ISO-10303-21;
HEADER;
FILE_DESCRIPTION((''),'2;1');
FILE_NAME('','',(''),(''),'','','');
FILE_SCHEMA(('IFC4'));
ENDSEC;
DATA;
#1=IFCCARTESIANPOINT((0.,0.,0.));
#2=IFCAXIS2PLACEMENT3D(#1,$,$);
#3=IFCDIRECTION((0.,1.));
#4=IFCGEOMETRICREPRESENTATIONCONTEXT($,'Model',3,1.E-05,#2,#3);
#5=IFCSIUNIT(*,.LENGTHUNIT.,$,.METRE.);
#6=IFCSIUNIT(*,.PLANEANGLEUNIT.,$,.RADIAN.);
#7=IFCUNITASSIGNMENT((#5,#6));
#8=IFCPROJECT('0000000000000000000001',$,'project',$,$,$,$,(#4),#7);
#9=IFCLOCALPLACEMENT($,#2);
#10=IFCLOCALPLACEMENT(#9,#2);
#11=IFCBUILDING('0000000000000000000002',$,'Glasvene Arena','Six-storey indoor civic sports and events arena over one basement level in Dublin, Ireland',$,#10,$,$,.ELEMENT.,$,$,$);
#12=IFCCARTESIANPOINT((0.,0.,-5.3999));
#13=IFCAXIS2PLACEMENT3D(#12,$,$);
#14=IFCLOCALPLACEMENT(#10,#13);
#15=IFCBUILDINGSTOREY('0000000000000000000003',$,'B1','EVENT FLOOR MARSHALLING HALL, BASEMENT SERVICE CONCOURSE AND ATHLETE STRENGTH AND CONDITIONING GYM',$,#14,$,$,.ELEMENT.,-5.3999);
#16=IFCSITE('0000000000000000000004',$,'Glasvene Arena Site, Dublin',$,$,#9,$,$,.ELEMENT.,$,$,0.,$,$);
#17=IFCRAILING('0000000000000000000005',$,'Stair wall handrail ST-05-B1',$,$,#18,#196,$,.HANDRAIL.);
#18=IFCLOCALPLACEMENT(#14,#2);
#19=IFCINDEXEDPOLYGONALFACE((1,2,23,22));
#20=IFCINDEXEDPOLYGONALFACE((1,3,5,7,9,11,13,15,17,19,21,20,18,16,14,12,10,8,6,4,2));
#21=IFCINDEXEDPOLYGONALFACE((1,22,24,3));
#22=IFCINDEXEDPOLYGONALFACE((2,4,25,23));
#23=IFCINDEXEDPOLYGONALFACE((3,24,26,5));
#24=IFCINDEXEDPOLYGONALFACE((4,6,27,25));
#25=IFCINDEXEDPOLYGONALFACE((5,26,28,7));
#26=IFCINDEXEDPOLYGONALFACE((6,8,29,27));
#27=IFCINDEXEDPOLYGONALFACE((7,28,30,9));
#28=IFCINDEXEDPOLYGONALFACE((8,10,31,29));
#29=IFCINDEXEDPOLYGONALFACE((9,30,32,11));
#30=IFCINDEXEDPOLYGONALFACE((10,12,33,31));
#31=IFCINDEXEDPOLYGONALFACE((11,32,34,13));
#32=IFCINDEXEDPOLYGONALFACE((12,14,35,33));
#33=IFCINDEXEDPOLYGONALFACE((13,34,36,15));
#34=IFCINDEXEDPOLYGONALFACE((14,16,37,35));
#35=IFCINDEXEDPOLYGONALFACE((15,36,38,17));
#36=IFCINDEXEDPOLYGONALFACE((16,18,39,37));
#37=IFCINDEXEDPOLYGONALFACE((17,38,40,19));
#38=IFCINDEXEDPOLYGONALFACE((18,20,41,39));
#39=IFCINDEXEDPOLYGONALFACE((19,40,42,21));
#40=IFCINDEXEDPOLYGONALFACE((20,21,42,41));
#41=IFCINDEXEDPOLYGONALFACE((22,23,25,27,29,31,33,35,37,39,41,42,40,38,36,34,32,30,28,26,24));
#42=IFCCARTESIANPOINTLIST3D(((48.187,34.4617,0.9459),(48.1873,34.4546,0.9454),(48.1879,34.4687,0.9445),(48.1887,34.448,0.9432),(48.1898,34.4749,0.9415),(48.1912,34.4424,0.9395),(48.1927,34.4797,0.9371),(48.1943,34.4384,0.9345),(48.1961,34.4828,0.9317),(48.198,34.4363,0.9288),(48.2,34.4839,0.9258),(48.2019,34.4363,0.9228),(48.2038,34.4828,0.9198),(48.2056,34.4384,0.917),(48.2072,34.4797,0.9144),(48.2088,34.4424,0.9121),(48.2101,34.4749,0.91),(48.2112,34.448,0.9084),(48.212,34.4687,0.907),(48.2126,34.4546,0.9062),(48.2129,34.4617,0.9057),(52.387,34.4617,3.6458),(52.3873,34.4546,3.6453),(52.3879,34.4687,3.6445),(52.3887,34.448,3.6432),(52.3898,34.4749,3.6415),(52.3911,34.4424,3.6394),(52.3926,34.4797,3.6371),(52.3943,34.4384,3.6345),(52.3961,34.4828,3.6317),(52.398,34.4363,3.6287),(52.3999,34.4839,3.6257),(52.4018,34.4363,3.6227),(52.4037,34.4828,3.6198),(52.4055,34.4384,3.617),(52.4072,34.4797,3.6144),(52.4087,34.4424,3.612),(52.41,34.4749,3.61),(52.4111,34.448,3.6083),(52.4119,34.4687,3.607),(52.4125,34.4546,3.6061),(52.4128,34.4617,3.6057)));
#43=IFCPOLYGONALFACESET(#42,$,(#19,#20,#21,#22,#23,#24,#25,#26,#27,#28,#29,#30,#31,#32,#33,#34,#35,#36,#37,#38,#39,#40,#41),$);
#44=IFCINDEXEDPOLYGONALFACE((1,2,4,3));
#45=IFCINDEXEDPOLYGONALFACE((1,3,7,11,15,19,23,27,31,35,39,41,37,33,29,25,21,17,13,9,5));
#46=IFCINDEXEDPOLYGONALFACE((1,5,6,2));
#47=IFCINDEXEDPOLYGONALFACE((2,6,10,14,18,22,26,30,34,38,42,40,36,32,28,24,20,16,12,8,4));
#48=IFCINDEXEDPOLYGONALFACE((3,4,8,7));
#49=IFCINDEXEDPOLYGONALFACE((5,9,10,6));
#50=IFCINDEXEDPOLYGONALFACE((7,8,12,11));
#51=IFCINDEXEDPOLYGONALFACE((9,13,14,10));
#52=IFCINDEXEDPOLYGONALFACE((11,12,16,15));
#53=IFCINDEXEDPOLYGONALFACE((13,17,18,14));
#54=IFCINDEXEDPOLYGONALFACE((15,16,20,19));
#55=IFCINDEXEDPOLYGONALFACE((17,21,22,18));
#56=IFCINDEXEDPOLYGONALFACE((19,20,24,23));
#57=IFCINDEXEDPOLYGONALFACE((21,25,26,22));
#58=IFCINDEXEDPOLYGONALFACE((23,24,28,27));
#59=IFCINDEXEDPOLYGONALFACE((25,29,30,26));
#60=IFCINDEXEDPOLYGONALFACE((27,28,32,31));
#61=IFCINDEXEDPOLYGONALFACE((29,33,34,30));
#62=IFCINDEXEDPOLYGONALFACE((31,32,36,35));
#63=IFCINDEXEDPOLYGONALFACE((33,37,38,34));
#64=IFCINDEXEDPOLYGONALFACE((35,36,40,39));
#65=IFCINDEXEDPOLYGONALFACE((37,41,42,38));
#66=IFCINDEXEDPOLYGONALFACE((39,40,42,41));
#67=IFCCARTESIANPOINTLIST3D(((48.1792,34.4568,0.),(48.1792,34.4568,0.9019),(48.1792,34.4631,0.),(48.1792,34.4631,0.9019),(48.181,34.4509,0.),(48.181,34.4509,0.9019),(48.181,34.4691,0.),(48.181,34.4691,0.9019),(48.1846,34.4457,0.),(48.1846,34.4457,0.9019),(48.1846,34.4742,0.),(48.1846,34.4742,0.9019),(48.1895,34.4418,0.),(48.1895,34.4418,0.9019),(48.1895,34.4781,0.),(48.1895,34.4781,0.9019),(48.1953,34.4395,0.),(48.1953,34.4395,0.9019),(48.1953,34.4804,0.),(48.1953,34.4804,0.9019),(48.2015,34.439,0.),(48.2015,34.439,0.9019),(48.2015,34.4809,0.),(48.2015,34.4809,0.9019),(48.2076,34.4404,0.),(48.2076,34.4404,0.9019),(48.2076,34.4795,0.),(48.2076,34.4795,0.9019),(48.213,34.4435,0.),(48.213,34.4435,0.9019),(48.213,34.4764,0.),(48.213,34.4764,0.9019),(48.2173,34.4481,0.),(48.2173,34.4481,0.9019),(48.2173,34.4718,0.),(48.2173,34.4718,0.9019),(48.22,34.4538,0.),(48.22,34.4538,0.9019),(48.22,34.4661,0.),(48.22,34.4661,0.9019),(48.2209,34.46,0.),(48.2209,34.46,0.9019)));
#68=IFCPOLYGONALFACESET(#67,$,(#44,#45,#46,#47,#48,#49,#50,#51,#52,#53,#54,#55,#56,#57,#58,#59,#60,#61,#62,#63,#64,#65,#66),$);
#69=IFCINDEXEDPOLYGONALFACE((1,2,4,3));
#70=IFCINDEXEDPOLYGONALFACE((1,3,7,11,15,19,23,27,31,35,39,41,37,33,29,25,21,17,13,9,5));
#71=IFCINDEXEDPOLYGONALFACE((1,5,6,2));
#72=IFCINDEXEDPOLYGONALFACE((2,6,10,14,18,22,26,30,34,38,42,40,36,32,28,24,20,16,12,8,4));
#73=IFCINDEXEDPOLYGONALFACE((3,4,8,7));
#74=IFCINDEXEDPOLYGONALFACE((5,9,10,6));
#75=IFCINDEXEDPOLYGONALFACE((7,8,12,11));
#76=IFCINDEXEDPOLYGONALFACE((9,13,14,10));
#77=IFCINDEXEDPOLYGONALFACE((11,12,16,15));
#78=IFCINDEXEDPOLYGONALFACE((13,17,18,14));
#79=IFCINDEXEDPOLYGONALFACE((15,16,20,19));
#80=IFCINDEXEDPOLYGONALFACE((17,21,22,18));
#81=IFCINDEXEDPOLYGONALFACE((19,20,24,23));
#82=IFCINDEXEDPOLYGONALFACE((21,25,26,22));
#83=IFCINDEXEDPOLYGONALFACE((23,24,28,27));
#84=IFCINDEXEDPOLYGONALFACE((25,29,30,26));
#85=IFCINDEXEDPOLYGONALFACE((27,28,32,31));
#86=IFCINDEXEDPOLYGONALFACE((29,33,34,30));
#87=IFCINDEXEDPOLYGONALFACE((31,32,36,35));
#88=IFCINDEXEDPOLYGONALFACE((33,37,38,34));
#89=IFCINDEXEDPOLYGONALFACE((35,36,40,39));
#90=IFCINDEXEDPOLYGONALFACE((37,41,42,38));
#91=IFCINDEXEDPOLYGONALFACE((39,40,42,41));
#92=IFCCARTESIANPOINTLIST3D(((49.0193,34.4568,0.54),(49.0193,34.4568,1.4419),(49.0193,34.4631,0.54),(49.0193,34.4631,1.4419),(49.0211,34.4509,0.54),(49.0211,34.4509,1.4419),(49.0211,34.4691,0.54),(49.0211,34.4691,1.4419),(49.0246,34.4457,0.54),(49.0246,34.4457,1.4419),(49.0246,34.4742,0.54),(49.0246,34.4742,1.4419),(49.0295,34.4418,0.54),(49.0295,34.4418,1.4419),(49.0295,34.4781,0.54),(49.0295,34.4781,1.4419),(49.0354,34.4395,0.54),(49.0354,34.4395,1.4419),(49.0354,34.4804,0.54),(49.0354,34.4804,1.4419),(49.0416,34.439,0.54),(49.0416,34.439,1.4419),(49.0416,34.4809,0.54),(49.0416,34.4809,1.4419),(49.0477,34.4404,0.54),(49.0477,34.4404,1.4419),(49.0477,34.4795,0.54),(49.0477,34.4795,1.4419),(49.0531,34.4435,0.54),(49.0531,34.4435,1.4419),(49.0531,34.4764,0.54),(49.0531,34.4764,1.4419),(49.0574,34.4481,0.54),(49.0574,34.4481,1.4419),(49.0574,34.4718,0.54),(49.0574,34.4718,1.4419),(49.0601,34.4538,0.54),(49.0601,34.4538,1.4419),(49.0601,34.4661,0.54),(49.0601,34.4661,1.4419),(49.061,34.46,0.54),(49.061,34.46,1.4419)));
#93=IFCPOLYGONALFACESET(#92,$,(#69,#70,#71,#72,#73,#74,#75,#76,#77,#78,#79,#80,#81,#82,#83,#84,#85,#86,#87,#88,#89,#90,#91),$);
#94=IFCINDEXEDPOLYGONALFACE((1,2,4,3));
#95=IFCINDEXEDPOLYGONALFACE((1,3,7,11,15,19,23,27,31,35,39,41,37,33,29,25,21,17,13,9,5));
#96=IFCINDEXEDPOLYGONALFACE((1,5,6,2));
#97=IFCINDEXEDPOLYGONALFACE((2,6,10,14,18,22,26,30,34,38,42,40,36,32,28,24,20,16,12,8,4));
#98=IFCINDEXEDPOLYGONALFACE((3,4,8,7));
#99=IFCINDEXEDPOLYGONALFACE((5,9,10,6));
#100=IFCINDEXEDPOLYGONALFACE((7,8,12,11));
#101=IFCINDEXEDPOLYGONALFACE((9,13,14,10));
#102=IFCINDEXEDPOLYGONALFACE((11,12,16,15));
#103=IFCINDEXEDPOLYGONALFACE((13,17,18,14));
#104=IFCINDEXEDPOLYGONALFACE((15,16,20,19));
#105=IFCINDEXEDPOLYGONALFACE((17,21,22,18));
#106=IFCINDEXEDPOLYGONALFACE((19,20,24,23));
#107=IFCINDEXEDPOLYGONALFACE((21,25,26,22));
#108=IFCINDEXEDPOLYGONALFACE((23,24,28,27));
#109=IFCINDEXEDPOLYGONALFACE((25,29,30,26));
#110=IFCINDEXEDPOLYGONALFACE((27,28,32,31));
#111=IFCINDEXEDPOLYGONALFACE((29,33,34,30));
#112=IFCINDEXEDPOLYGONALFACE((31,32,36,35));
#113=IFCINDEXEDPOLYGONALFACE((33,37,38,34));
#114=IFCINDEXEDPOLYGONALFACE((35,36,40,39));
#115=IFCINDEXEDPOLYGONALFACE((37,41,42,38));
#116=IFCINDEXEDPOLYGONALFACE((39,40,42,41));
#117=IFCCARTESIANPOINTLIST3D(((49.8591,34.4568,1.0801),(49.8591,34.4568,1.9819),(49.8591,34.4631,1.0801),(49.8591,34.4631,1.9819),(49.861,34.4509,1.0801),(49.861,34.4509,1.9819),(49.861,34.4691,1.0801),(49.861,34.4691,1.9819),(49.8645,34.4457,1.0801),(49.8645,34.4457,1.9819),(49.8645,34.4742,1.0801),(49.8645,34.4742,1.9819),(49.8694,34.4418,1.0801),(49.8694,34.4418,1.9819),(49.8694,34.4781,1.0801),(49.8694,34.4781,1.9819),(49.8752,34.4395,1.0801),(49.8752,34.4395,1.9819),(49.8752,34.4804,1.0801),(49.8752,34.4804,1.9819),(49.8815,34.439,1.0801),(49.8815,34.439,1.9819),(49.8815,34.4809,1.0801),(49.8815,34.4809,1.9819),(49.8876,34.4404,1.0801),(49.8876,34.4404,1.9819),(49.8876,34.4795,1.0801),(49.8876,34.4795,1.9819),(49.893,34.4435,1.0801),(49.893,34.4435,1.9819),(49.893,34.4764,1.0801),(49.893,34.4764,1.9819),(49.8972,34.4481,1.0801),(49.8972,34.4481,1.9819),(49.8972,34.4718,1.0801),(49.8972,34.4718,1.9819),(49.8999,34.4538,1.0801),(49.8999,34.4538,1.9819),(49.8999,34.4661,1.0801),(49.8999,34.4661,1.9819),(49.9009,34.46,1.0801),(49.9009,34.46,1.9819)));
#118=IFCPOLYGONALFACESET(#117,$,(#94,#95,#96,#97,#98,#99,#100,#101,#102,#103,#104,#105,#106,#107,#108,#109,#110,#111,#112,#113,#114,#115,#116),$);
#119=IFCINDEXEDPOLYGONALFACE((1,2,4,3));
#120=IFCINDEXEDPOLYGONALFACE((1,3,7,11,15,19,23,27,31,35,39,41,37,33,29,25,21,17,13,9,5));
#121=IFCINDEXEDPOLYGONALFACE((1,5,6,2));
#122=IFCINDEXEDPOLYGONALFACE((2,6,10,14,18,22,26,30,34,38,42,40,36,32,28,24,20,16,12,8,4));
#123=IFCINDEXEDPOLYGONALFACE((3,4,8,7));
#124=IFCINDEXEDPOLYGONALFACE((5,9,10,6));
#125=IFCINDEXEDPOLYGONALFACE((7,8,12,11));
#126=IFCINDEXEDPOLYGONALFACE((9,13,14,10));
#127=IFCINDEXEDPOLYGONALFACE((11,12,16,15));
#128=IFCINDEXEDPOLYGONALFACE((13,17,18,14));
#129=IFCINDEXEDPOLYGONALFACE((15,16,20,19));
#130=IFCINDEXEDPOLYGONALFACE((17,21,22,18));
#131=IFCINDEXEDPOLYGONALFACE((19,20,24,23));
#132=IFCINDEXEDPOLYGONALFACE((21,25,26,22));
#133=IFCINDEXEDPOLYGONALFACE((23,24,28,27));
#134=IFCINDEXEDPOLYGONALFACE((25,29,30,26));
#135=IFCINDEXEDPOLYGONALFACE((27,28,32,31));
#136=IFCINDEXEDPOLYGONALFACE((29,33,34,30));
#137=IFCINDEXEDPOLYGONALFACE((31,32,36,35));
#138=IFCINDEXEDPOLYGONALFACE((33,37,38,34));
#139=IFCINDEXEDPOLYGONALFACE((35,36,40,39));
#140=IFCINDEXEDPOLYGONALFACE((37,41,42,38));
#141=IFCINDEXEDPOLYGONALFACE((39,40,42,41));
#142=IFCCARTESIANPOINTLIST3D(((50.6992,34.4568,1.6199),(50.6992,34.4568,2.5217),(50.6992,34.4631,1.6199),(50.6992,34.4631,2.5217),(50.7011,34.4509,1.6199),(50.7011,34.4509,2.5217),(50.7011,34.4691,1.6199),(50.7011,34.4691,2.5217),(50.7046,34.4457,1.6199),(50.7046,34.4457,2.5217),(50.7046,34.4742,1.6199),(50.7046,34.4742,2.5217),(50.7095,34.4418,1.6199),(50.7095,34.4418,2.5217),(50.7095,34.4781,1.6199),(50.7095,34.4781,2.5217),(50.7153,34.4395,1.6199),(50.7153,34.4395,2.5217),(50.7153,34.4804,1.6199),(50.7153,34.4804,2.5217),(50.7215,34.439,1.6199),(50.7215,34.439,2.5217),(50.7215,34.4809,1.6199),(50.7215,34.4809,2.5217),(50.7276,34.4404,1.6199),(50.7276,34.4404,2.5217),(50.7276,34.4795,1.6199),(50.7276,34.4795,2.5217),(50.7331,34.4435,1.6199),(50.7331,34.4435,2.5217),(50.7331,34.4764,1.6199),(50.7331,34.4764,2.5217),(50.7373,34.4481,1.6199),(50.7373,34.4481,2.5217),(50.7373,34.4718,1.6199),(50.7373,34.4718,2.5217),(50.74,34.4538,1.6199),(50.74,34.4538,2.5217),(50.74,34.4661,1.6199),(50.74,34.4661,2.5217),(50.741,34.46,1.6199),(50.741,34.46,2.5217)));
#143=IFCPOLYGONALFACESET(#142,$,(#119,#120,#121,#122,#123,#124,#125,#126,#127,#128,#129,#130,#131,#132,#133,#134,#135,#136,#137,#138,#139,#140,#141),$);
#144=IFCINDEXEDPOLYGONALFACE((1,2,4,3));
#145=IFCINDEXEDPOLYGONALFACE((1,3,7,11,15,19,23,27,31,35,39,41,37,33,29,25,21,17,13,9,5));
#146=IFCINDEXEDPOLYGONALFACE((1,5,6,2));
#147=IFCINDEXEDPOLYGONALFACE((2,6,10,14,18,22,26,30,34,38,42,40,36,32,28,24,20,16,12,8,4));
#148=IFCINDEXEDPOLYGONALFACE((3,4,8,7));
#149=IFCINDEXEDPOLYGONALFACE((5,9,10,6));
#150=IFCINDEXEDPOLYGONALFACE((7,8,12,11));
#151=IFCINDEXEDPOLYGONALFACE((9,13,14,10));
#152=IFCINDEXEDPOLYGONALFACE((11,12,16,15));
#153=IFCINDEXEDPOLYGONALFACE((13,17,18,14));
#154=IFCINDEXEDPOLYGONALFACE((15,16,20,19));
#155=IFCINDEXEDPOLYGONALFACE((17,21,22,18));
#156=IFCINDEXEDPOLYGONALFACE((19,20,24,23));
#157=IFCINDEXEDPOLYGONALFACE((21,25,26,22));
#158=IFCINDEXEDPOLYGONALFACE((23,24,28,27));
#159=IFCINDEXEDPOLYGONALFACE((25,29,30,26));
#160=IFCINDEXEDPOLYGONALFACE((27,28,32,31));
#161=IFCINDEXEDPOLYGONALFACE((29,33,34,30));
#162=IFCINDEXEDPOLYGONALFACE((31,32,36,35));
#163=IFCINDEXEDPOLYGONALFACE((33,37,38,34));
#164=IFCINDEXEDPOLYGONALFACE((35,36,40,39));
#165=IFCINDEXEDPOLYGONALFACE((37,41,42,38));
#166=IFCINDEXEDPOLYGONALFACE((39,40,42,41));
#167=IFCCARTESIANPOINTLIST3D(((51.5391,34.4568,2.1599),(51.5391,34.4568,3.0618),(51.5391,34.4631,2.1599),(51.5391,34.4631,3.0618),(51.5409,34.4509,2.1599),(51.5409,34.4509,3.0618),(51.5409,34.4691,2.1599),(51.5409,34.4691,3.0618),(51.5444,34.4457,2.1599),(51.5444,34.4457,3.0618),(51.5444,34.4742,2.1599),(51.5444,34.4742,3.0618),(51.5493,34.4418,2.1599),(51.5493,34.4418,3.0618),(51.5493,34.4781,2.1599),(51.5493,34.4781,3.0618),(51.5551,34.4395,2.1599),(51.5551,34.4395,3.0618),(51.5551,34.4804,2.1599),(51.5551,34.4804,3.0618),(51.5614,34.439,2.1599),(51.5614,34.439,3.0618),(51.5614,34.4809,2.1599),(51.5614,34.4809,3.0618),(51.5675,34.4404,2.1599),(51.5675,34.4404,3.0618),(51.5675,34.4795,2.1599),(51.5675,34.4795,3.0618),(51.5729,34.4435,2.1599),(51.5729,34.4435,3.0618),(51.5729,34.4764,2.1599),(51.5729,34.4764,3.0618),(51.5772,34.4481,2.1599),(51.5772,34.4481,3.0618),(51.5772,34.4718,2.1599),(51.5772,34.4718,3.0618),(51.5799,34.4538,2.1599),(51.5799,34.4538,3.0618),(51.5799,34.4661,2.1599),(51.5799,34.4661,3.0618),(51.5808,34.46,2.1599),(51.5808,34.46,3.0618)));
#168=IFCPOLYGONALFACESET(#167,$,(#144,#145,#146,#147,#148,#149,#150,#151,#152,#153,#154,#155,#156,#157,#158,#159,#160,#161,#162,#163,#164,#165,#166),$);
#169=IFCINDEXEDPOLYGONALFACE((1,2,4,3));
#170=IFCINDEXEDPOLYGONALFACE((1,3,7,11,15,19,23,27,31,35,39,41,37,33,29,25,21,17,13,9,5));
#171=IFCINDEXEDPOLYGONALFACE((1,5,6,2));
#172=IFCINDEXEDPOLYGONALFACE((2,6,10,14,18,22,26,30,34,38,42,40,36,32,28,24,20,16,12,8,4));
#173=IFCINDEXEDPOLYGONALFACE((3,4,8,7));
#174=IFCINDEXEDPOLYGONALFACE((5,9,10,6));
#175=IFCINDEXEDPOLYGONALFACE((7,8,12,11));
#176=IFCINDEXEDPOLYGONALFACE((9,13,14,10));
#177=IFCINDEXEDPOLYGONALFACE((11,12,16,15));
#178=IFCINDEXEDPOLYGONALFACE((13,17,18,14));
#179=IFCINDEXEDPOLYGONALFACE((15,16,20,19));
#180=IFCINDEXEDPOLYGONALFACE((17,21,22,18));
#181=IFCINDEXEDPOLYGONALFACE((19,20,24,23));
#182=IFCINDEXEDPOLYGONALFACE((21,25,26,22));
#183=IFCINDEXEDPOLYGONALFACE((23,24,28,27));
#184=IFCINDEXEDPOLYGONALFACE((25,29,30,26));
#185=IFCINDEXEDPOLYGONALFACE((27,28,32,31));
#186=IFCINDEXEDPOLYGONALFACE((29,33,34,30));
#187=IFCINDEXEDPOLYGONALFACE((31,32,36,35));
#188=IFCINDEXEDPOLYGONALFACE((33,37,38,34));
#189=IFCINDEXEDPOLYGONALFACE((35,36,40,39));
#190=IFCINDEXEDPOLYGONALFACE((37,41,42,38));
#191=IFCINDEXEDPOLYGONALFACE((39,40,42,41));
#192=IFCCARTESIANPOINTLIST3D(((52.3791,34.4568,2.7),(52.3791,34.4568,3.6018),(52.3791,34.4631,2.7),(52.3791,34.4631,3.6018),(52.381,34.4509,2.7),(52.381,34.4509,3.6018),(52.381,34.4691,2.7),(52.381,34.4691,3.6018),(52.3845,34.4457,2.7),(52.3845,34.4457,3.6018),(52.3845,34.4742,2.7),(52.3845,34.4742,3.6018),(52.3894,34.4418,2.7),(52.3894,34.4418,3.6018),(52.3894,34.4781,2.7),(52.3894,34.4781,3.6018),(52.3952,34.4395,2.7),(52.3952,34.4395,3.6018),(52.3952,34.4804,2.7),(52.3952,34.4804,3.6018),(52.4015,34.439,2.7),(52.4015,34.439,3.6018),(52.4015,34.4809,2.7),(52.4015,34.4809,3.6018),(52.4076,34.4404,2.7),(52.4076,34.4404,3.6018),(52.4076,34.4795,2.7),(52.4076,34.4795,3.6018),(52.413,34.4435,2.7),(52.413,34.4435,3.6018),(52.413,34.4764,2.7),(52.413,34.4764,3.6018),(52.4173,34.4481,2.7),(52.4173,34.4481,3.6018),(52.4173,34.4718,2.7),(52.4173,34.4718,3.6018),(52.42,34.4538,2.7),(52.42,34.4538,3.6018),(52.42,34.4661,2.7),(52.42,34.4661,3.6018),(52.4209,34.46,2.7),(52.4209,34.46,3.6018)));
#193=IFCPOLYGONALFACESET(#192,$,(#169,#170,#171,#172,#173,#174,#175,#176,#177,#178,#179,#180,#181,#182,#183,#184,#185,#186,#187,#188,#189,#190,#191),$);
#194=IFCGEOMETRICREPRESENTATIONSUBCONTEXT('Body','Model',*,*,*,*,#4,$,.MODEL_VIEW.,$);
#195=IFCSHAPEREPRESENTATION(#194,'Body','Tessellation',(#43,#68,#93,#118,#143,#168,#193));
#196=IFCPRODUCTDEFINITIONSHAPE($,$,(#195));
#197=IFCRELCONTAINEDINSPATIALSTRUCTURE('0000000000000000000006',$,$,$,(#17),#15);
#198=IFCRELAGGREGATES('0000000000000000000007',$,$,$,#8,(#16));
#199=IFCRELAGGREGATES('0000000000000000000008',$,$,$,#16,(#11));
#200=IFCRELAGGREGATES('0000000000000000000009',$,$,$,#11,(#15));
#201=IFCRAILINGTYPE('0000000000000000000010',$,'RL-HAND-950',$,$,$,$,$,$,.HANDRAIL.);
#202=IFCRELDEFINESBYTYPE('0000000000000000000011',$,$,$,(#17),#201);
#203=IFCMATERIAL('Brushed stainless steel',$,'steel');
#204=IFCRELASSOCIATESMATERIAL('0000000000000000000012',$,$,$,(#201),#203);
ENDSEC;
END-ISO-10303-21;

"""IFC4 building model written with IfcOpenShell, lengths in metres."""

from ifc_helpers import new_model, si_unit, direction, frame, origin, origin_2d, place, context, subcontext, project, spatial, circle, extrude, material, type_object, element, save


model = new_model("IFC4")

# Units and contexts
model_context = context("Model", 3, precision=1e-05, world=origin(), true_north=direction((0.0, 1.0)))
body_context = subcontext(model_context, "Body", "Model", "MODEL_VIEW")
ifc_project = project(units=[si_unit("LENGTHUNIT", "METRE"), si_unit("PLANEANGLEUNIT", "RADIAN")], contexts=[model_context])

# Site, building, storey
site_placement = place(None, origin())
site = spatial("IfcSite", under=ifc_project, at=site_placement, Name="Glasvene Arena Site, Dublin", CompositionType="ELEMENT", RefElevation=0.0)
building_placement = place(site_placement, origin())
building = spatial("IfcBuilding", under=site, at=building_placement, Name="Glasvene Arena", Description="Six-storey indoor civic sports and events arena over one basement level in Dublin, Ireland", CompositionType="ELEMENT")
storey_placement = place(building_placement, frame((0.0, 0.0, -5.3999)))
storey = spatial("IfcBuildingStorey", under=building, at=storey_placement, Name="B1", Description="EVENT FLOOR MARSHALLING HALL, BASEMENT SERVICE CONCOURSE AND ATHLETE STRENGTH AND CONDITIONING GYM", CompositionType="ELEMENT", Elevation=-5.3999)

# Shared definitions
ifc_material_1 = material(Name="Brushed stainless steel", Category="steel")

# Railing
railing_type_1 = type_object("IfcRailingType", Name="RL-HAND-950", PredefinedType="HANDRAIL", material=ifc_material_1)
railing_1_placement = place(storey_placement, frame((48.2, 34.46, 0.0)))
element("IfcRailing", 1, at=railing_1_placement, inside=storey, type_object=railing_type_1, Name="Stair wall handrail ST-05-B1", PredefinedType="HANDRAIL", context=body_context, shape_type="SweptSolid", body=[
    extrude(circle(Radius=0.0239, at=origin_2d()), frame((0.0, 0.0, 0.9258), z_axis=(0.84118, 0.0, 0.540755), x_axis=(0.0, 1.0, 0.0)), (0.0, 0.0, 1.0), 4.9929),
    extrude(circle(Radius=0.021, at=origin_2d()), origin(), (0.0, 0.0, 1.0), 0.9019),
    extrude(circle(Radius=0.021, at=origin_2d()), frame((0.8401, 0.0, 0.54)), (0.0, 0.0, 1.0), 0.9019),
    extrude(circle(Radius=0.021, at=origin_2d()), frame((1.6799, 0.0, 1.0801)), (0.0, 0.0, 1.0), 0.9019),
    extrude(circle(Radius=0.021, at=origin_2d()), frame((2.52, 0.0, 1.6199)), (0.0, 0.0, 1.0), 0.9019),
    extrude(circle(Radius=0.021, at=origin_2d()), frame((3.3599, 0.0, 2.1599)), (0.0, 0.0, 1.0), 0.9019),
    extrude(circle(Radius=0.021, at=origin_2d()), frame((4.2, 0.0, 2.7)), (0.0, 0.0, 1.0), 0.9019),
])

save(model, "model.ifc")
